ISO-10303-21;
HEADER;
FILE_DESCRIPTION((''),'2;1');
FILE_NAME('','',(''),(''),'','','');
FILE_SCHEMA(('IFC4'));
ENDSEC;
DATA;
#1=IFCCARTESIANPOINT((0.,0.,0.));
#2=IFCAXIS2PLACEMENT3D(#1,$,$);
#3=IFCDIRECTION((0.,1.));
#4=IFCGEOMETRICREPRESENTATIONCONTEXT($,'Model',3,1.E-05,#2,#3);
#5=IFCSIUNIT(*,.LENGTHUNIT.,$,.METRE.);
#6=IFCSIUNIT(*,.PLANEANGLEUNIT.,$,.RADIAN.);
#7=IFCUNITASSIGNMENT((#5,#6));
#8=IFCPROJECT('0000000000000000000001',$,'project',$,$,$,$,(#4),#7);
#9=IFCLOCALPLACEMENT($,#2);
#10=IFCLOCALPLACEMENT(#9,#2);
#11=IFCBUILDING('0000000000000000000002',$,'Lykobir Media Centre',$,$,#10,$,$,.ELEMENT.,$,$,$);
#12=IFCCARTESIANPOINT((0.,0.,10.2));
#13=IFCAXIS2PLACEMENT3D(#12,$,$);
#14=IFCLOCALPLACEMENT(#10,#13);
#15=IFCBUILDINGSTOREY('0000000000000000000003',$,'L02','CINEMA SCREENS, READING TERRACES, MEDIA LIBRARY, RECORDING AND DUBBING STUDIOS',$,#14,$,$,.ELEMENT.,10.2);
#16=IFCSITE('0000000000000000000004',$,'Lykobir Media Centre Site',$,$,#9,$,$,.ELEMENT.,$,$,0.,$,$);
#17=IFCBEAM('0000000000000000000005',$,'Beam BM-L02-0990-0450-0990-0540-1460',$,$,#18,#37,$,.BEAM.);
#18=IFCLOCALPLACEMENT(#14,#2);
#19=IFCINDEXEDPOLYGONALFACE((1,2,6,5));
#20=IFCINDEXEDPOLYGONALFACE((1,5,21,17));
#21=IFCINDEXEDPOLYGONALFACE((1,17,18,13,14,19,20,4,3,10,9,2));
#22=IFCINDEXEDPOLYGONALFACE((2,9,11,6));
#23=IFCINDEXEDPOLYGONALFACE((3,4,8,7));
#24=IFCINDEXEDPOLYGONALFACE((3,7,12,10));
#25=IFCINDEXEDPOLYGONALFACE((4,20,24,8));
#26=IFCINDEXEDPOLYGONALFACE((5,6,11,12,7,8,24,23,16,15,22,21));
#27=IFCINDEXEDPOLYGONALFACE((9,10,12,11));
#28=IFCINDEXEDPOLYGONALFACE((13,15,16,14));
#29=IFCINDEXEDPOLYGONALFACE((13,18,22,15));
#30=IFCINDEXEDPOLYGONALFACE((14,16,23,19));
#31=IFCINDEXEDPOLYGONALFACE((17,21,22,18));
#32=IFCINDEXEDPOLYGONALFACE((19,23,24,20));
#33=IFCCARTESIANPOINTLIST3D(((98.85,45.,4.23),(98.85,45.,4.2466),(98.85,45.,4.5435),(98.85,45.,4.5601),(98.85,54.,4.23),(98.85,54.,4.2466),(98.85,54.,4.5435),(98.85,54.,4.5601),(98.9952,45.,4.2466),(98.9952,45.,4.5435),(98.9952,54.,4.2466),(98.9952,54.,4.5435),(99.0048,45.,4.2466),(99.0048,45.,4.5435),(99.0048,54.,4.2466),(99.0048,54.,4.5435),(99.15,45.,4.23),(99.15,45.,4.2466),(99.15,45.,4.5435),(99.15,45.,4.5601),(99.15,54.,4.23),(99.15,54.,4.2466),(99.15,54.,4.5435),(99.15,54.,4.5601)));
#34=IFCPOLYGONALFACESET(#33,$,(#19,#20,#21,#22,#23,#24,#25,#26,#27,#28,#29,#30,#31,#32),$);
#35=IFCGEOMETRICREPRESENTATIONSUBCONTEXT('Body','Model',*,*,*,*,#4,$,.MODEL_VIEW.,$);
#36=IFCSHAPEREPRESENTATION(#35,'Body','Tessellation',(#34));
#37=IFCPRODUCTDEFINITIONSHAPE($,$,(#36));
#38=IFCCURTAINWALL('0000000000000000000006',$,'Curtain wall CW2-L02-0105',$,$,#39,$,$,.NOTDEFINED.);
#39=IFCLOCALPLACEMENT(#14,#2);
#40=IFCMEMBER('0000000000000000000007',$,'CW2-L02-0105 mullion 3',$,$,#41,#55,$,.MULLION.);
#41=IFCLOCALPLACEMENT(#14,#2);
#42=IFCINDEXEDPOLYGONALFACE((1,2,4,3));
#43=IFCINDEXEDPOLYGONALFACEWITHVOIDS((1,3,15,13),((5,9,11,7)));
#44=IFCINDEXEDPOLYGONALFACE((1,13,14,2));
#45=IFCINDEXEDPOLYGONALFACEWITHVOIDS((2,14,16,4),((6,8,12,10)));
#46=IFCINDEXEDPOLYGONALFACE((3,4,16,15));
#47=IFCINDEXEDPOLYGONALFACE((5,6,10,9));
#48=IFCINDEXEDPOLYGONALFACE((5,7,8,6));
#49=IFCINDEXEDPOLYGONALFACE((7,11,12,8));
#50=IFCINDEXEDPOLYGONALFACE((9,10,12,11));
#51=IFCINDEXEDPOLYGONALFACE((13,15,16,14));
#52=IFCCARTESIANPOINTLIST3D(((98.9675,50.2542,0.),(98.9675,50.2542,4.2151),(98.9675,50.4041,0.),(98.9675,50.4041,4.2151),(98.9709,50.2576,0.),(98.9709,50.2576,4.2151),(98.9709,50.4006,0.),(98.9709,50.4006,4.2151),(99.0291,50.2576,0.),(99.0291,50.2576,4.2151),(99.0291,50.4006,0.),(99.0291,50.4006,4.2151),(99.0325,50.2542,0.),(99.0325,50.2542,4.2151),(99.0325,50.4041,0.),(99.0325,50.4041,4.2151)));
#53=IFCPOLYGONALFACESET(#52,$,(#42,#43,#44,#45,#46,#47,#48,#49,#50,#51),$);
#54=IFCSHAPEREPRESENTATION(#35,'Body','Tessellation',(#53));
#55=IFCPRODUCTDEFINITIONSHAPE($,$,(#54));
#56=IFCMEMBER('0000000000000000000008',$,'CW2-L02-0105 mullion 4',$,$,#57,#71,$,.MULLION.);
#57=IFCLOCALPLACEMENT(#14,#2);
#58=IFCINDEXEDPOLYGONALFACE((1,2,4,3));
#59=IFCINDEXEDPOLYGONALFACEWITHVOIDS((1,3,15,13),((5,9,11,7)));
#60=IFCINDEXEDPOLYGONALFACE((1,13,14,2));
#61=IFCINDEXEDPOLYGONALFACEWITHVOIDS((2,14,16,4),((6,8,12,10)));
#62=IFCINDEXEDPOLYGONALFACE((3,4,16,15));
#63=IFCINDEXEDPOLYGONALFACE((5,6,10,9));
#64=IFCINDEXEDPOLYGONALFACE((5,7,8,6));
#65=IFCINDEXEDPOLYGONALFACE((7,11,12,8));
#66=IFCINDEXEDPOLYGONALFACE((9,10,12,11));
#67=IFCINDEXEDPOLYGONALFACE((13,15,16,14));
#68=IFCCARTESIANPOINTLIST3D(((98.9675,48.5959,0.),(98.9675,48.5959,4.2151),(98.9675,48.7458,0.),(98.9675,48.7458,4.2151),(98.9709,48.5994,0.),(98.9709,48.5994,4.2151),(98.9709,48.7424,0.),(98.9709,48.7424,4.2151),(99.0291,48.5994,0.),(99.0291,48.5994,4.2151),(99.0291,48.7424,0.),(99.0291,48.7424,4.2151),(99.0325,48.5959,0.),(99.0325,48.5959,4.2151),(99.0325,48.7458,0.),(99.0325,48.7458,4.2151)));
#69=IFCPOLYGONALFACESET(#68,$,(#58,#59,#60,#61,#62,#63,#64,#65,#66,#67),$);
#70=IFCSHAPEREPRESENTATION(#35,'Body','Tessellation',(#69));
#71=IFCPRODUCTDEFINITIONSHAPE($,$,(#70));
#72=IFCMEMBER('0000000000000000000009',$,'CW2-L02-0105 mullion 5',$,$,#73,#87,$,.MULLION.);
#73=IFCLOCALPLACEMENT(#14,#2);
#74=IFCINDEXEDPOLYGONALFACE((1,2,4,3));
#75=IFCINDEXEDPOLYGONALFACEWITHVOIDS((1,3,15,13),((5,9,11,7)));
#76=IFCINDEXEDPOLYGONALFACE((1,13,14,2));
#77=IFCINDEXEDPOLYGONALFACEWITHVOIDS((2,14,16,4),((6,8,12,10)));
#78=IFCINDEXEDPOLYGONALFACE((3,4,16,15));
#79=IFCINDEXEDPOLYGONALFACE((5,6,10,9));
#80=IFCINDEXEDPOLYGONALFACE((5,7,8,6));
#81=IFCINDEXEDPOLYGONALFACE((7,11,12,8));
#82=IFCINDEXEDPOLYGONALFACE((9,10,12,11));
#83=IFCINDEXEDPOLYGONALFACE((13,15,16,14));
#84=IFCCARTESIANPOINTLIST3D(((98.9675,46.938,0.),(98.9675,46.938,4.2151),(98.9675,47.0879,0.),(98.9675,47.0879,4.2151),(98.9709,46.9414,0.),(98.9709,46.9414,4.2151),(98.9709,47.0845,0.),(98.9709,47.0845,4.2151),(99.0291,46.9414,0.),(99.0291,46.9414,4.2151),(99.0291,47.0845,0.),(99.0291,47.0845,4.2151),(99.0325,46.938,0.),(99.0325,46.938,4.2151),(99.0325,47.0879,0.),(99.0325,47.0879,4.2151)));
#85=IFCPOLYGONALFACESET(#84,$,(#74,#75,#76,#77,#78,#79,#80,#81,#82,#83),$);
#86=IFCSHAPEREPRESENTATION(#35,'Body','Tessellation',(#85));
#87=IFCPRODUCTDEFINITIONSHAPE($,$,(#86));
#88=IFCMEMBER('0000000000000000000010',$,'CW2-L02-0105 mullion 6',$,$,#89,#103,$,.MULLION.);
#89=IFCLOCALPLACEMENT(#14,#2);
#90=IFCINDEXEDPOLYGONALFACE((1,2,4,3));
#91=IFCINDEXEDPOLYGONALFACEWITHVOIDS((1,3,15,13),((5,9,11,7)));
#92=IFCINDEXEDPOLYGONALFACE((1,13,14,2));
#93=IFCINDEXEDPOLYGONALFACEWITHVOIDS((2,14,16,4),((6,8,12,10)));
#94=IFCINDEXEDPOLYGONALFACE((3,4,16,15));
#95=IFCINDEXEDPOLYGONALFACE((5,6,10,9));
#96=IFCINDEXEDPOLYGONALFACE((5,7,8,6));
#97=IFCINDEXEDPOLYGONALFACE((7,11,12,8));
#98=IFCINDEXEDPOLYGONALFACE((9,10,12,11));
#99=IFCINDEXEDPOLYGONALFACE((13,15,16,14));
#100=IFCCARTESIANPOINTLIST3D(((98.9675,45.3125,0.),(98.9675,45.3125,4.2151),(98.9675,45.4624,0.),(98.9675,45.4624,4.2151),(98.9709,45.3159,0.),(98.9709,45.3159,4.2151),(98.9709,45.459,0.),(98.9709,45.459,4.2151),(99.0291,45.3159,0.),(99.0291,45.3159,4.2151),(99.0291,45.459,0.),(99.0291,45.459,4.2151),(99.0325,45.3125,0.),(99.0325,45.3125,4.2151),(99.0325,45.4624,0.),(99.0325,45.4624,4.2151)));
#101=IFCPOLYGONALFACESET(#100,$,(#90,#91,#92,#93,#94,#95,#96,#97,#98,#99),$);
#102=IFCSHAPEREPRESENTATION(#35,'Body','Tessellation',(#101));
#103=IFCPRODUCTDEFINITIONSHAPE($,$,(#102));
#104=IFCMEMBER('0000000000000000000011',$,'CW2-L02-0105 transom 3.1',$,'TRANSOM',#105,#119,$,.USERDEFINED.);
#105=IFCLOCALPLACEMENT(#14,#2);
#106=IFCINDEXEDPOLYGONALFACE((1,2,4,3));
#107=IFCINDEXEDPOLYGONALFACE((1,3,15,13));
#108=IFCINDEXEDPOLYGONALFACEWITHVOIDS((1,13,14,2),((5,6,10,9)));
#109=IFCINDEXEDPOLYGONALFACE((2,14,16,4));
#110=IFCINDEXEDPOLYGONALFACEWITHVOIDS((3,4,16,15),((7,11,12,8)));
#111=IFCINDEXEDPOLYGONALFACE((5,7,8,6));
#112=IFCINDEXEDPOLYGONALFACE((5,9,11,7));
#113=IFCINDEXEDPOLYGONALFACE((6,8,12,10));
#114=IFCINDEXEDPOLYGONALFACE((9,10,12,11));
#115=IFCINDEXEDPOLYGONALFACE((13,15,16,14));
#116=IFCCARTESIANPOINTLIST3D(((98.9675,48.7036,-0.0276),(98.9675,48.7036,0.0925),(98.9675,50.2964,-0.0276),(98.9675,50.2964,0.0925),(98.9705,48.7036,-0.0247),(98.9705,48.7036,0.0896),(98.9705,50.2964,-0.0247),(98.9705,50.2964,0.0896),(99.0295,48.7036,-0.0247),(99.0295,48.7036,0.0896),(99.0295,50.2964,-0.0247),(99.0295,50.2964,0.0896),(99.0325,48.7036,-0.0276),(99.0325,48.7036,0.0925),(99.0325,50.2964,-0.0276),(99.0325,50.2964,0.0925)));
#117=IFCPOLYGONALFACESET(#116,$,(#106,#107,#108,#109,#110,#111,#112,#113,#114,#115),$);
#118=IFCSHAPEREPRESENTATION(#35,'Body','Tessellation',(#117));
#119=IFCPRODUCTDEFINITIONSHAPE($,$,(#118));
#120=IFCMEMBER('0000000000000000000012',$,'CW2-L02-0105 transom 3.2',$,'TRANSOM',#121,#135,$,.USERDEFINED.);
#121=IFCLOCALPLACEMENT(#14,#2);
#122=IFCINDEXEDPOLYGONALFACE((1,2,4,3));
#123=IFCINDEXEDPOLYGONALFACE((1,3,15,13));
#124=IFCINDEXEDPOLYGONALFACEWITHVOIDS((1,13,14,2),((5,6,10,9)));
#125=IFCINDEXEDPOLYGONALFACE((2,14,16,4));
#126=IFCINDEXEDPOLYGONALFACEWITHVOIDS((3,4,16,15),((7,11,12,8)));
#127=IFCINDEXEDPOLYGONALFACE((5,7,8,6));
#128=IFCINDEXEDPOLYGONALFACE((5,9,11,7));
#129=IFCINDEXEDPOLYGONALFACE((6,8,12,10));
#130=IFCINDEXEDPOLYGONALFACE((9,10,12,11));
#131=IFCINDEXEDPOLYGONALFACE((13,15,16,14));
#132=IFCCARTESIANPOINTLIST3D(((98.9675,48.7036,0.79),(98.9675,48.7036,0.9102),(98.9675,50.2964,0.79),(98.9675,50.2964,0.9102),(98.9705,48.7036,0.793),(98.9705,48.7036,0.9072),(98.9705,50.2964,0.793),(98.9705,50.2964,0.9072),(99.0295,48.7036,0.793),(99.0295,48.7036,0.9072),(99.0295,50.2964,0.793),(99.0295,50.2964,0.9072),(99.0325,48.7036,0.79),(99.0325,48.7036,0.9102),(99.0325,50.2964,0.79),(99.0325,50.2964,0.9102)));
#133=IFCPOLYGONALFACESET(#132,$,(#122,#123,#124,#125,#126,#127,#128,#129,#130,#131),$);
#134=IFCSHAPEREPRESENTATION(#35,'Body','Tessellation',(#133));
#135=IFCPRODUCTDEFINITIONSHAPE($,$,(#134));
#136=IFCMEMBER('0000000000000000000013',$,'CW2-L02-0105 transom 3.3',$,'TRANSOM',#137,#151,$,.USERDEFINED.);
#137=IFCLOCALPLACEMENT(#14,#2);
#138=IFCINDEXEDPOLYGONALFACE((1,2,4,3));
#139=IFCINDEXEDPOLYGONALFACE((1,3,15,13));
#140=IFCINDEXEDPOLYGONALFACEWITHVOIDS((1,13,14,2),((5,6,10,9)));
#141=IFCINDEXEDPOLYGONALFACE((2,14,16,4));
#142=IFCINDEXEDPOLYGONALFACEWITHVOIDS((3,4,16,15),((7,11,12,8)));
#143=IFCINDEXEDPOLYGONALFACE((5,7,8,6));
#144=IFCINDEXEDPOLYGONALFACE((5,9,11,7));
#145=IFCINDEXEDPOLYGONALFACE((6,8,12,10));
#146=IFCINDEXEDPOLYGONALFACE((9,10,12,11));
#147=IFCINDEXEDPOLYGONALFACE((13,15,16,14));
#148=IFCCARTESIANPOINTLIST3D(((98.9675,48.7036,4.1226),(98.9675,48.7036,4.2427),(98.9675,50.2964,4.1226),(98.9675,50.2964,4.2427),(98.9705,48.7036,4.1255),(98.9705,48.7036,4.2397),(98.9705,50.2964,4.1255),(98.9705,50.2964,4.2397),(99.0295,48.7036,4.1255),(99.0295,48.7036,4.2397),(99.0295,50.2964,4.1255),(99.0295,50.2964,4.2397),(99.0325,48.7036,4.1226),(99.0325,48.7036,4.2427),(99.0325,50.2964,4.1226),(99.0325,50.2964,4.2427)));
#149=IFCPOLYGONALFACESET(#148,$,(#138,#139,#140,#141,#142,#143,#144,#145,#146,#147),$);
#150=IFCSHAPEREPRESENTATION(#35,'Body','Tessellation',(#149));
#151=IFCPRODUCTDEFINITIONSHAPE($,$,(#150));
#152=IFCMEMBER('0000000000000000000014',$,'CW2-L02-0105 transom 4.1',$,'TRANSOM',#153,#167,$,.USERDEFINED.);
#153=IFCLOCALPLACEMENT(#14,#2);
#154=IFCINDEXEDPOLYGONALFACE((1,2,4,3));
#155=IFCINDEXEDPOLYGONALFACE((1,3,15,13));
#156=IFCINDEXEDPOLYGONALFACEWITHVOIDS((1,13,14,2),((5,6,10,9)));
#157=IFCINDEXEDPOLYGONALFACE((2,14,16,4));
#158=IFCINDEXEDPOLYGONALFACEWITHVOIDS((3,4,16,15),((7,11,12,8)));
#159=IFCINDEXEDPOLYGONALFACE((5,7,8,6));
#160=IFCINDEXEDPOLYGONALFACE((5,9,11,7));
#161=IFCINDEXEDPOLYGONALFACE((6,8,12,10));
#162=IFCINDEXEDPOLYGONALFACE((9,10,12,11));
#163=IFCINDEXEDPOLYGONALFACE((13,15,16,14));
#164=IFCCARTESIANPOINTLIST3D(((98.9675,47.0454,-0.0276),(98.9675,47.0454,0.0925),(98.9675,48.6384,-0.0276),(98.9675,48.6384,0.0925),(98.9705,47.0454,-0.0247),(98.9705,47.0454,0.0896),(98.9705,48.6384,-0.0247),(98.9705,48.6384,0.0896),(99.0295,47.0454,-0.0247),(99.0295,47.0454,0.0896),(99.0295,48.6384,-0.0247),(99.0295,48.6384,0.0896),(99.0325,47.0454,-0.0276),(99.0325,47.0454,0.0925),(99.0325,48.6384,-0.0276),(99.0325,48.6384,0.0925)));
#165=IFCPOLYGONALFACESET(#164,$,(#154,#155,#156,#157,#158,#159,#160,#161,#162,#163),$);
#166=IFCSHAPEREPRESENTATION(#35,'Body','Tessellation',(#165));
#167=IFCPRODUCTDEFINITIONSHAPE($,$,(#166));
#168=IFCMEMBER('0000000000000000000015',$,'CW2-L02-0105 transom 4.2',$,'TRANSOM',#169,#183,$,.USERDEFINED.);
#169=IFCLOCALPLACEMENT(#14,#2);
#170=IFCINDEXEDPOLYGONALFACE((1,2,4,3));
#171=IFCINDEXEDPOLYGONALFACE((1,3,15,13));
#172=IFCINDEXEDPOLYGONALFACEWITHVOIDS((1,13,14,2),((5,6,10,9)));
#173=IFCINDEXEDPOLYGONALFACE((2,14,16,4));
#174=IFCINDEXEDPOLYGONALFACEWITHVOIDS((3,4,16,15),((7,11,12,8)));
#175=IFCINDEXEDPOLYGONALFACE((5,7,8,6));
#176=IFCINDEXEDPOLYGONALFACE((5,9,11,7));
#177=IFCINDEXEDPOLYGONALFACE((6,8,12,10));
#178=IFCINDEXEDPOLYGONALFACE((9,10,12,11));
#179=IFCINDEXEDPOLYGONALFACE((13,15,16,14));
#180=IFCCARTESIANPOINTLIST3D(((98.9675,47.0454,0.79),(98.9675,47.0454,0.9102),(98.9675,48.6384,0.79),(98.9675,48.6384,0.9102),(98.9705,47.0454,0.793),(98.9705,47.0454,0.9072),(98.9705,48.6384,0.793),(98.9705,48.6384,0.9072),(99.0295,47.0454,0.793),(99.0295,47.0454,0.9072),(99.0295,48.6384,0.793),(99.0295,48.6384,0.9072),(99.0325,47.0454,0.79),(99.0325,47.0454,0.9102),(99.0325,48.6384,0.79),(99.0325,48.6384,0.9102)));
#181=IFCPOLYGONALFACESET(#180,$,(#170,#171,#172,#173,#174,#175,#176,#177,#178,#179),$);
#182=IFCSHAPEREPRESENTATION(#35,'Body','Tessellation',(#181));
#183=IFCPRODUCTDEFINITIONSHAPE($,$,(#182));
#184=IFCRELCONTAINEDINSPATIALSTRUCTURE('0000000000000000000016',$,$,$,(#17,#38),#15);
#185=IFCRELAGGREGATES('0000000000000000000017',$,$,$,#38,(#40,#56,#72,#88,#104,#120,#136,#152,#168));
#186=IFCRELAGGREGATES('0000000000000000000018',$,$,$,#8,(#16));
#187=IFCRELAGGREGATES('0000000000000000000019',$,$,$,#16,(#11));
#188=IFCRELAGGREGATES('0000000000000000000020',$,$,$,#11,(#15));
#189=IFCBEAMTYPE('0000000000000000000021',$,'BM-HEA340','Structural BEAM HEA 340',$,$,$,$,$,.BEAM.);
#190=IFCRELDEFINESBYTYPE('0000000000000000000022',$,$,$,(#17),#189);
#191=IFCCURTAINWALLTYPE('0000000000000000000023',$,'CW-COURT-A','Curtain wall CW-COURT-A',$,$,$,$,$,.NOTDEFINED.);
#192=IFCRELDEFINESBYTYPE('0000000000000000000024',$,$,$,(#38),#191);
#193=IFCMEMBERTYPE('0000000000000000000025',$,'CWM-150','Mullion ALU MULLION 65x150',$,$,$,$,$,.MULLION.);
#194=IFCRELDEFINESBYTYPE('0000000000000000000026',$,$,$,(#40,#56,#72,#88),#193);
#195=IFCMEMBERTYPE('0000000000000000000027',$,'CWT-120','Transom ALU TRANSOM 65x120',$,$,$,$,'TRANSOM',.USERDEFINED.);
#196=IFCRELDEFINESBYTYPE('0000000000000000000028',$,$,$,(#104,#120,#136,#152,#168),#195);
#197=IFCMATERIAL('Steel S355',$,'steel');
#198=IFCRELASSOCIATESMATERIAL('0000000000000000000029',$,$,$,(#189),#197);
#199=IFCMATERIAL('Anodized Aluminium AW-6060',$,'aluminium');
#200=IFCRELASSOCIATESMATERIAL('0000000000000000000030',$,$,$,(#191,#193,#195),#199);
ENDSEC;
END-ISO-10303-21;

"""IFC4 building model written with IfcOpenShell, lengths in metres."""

from ifc_helpers import new_model, si_unit, direction, frame, origin, origin_2d, place, context, subcontext, project, spatial, hollow_rectangle, i_section, extrude, material, material_profile, profile_set, type_object, element, aggregate, save


model = new_model("IFC4")

# Units and contexts
model_context = context("Model", 3, precision=1e-05, world=origin(), true_north=direction((0.0, 1.0)))
body_context = subcontext(model_context, "Body", "Model", "MODEL_VIEW")
ifc_project = project(units=[si_unit("LENGTHUNIT", "METRE"), si_unit("PLANEANGLEUNIT", "RADIAN")], contexts=[model_context])

# Site, building, storey
site_placement = place(None, origin())
site = spatial("IfcSite", under=ifc_project, at=site_placement, Name="Lykobir Media Centre Site", CompositionType="ELEMENT", RefElevation=0.0)
building_placement = place(site_placement, origin())
building = spatial("IfcBuilding", under=site, at=building_placement, Name="Lykobir Media Centre", CompositionType="ELEMENT")
storey_placement = place(building_placement, frame((0.0, 0.0, 10.2)))
storey = spatial("IfcBuildingStorey", under=building, at=storey_placement, Name="L02", Description="CINEMA SCREENS, READING TERRACES, MEDIA LIBRARY, RECORDING AND DUBBING STUDIOS", CompositionType="ELEMENT", Elevation=10.2)

# Beam
ifc_material_1 = material(Name="Steel S355", Category="steel")
ifc_material_profile_1 = material_profile(ifc_material_1, i_section(OverallWidth=0.3, OverallDepth=0.3301, WebThickness=0.0095, FlangeThickness=0.0166, at=origin_2d()), Name="HEA 340")
ifc_profile_set_1 = profile_set([ifc_material_profile_1], Name="Steel S355")
beam_type = type_object("IfcBeamType", Name="BM-HEA340", Description="Structural BEAM HEA 340", PredefinedType="BEAM", material=ifc_profile_set_1)
beam_placement = place(storey_placement, frame((99.0, 45.0, 4.395), z_axis=(0.0, 1.0, 0.0), x_axis=(-1.0, 0.0, 0.0)))
element("IfcBeam", 1, at=beam_placement, inside=storey, type_object=beam_type, Name="Beam BM-L02-0990-0450-0990-0540-1460", PredefinedType="BEAM", context=body_context, shape_type="SweptSolid", body=[
    extrude(i_section(OverallWidth=0.3, OverallDepth=0.3301, WebThickness=0.0095, FlangeThickness=0.0166, at=origin_2d()), origin(), (0.0, 0.0, 1.0), 9.0),
])

# Curtain wall, members
ifc_material_2 = material(Name="Anodized Aluminium AW-6060", Category="aluminium")
curtain_wall_type = type_object("IfcCurtainWallType", Name="CW-COURT-A", Description="Curtain wall CW-COURT-A", PredefinedType="NOTDEFINED", material=ifc_material_2)
curtain_wall_placement = place(storey_placement, origin())
curtain_wall = element("IfcCurtainWall", 2, at=curtain_wall_placement, inside=storey, type_object=curtain_wall_type, Name="Curtain wall CW2-L02-0105", PredefinedType="NOTDEFINED")
ifc_material_profile_2 = material_profile(ifc_material_2, hollow_rectangle(XDim=0.0649, YDim=0.1499, WallThickness=0.0034, at=origin_2d()), Name="ALU MULLION 65x150")
ifc_profile_set_2 = profile_set([ifc_material_profile_2], Name="Anodized Aluminium AW-6060")
member_type_1 = type_object("IfcMemberType", Name="CWM-150", Description="Mullion ALU MULLION 65x150", PredefinedType="MULLION", material=ifc_profile_set_2)
member_1_placement = place(storey_placement, frame((99.0, 50.3291, 0.0), z_axis=(0.0, 0.0, 1.0), x_axis=(1.0, 0.0, 0.0)))
member_1 = element("IfcMember", 3, at=member_1_placement, type_object=member_type_1, Name="CW2-L02-0105 mullion 3", PredefinedType="MULLION", context=body_context, shape_type="SweptSolid", body=[
    extrude(hollow_rectangle(XDim=0.0649, YDim=0.1499, WallThickness=0.0034, at=origin_2d()), origin(), (0.0, 0.0, 1.0), 4.2151),
])
member_2_placement = place(storey_placement, frame((99.0, 48.6709, 0.0), z_axis=(0.0, 0.0, 1.0), x_axis=(1.0, 0.0, 0.0)))
member_2 = element("IfcMember", 4, at=member_2_placement, type_object=member_type_1, Name="CW2-L02-0105 mullion 4", PredefinedType="MULLION", context=body_context, shape_type="SweptSolid", body=[
    extrude(hollow_rectangle(XDim=0.0649, YDim=0.1499, WallThickness=0.0034, at=origin_2d()), origin(), (0.0, 0.0, 1.0), 4.2151),
])
member_3_placement = place(storey_placement, frame((99.0, 47.0129, 0.0), z_axis=(0.0, 0.0, 1.0), x_axis=(1.0, 0.0, 0.0)))
member_3 = element("IfcMember", 5, at=member_3_placement, type_object=member_type_1, Name="CW2-L02-0105 mullion 5", PredefinedType="MULLION", context=body_context, shape_type="SweptSolid", body=[
    extrude(hollow_rectangle(XDim=0.0649, YDim=0.1499, WallThickness=0.0034, at=origin_2d()), origin(), (0.0, 0.0, 1.0), 4.2151),
])
member_4_placement = place(storey_placement, frame((99.0, 45.3875, 0.0), z_axis=(0.0, 0.0, 1.0), x_axis=(1.0, 0.0, 0.0)))
member_4 = element("IfcMember", 6, at=member_4_placement, type_object=member_type_1, Name="CW2-L02-0105 mullion 6", PredefinedType="MULLION", context=body_context, shape_type="SweptSolid", body=[
    extrude(hollow_rectangle(XDim=0.0649, YDim=0.1499, WallThickness=0.0034, at=origin_2d()), origin(), (0.0, 0.0, 1.0), 4.2151),
])
ifc_material_profile_3 = material_profile(ifc_material_2, hollow_rectangle(XDim=0.0649, YDim=0.1201, WallThickness=0.0029, at=origin_2d()), Name="ALU TRANSOM 65x120")
ifc_profile_set_3 = profile_set([ifc_material_profile_3], Name="Anodized Aluminium AW-6060")
member_type_2 = type_object("IfcMemberType", Name="CWT-120", Description="Transom ALU TRANSOM 65x120", ElementType="TRANSOM", PredefinedType="USERDEFINED", material=ifc_profile_set_3)
member_5_placement = place(storey_placement, frame((99.0, 50.2964, 0.0325), z_axis=(0.0, -1.0, 0.0), x_axis=(1.0, 0.0, 0.0)))
member_5 = element("IfcMember", 7, at=member_5_placement, type_object=member_type_2, Name="CW2-L02-0105 transom 3.1", ObjectType="TRANSOM", PredefinedType="USERDEFINED", context=body_context, shape_type="SweptSolid", body=[
    extrude(hollow_rectangle(XDim=0.0649, YDim=0.1201, WallThickness=0.0029, at=origin_2d()), origin(), (0.0, 0.0, 1.0), 1.5928),
])
member_6_placement = place(storey_placement, frame((99.0, 50.2964, 0.8501), z_axis=(0.0, -1.0, 0.0), x_axis=(1.0, 0.0, 0.0)))
member_6 = element("IfcMember", 8, at=member_6_placement, type_object=member_type_2, Name="CW2-L02-0105 transom 3.2", ObjectType="TRANSOM", PredefinedType="USERDEFINED", context=body_context, shape_type="SweptSolid", body=[
    extrude(hollow_rectangle(XDim=0.0649, YDim=0.1201, WallThickness=0.0029, at=origin_2d()), origin(), (0.0, 0.0, 1.0), 1.5928),
])
member_7_placement = place(storey_placement, frame((99.0, 50.2964, 4.1826), z_axis=(0.0, -1.0, 0.0), x_axis=(1.0, 0.0, 0.0)))
member_7 = element("IfcMember", 9, at=member_7_placement, type_object=member_type_2, Name="CW2-L02-0105 transom 3.3", ObjectType="TRANSOM", PredefinedType="USERDEFINED", context=body_context, shape_type="SweptSolid", body=[
    extrude(hollow_rectangle(XDim=0.0649, YDim=0.1201, WallThickness=0.0029, at=origin_2d()), origin(), (0.0, 0.0, 1.0), 1.5928),
])
member_8_placement = place(storey_placement, frame((99.0, 48.6384, 0.0325), z_axis=(0.0, -1.0, 0.0), x_axis=(1.0, 0.0, 0.0)))
member_8 = element("IfcMember", 10, at=member_8_placement, type_object=member_type_2, Name="CW2-L02-0105 transom 4.1", ObjectType="TRANSOM", PredefinedType="USERDEFINED", context=body_context, shape_type="SweptSolid", body=[
    extrude(hollow_rectangle(XDim=0.0649, YDim=0.1201, WallThickness=0.0029, at=origin_2d()), origin(), (0.0, 0.0, 1.0), 1.593),
])
member_9_placement = place(storey_placement, frame((99.0, 48.6384, 0.8501), z_axis=(0.0, -1.0, 0.0), x_axis=(1.0, 0.0, 0.0)))
member_9 = element("IfcMember", 11, at=member_9_placement, type_object=member_type_2, Name="CW2-L02-0105 transom 4.2", ObjectType="TRANSOM", PredefinedType="USERDEFINED", context=body_context, shape_type="SweptSolid", body=[
    extrude(hollow_rectangle(XDim=0.0649, YDim=0.1201, WallThickness=0.0029, at=origin_2d()), origin(), (0.0, 0.0, 1.0), 1.593),
])
aggregate(curtain_wall, [member_1, member_2, member_3, member_4, member_5, member_6, member_7, member_8, member_9])

save(model, "model.ifc")
